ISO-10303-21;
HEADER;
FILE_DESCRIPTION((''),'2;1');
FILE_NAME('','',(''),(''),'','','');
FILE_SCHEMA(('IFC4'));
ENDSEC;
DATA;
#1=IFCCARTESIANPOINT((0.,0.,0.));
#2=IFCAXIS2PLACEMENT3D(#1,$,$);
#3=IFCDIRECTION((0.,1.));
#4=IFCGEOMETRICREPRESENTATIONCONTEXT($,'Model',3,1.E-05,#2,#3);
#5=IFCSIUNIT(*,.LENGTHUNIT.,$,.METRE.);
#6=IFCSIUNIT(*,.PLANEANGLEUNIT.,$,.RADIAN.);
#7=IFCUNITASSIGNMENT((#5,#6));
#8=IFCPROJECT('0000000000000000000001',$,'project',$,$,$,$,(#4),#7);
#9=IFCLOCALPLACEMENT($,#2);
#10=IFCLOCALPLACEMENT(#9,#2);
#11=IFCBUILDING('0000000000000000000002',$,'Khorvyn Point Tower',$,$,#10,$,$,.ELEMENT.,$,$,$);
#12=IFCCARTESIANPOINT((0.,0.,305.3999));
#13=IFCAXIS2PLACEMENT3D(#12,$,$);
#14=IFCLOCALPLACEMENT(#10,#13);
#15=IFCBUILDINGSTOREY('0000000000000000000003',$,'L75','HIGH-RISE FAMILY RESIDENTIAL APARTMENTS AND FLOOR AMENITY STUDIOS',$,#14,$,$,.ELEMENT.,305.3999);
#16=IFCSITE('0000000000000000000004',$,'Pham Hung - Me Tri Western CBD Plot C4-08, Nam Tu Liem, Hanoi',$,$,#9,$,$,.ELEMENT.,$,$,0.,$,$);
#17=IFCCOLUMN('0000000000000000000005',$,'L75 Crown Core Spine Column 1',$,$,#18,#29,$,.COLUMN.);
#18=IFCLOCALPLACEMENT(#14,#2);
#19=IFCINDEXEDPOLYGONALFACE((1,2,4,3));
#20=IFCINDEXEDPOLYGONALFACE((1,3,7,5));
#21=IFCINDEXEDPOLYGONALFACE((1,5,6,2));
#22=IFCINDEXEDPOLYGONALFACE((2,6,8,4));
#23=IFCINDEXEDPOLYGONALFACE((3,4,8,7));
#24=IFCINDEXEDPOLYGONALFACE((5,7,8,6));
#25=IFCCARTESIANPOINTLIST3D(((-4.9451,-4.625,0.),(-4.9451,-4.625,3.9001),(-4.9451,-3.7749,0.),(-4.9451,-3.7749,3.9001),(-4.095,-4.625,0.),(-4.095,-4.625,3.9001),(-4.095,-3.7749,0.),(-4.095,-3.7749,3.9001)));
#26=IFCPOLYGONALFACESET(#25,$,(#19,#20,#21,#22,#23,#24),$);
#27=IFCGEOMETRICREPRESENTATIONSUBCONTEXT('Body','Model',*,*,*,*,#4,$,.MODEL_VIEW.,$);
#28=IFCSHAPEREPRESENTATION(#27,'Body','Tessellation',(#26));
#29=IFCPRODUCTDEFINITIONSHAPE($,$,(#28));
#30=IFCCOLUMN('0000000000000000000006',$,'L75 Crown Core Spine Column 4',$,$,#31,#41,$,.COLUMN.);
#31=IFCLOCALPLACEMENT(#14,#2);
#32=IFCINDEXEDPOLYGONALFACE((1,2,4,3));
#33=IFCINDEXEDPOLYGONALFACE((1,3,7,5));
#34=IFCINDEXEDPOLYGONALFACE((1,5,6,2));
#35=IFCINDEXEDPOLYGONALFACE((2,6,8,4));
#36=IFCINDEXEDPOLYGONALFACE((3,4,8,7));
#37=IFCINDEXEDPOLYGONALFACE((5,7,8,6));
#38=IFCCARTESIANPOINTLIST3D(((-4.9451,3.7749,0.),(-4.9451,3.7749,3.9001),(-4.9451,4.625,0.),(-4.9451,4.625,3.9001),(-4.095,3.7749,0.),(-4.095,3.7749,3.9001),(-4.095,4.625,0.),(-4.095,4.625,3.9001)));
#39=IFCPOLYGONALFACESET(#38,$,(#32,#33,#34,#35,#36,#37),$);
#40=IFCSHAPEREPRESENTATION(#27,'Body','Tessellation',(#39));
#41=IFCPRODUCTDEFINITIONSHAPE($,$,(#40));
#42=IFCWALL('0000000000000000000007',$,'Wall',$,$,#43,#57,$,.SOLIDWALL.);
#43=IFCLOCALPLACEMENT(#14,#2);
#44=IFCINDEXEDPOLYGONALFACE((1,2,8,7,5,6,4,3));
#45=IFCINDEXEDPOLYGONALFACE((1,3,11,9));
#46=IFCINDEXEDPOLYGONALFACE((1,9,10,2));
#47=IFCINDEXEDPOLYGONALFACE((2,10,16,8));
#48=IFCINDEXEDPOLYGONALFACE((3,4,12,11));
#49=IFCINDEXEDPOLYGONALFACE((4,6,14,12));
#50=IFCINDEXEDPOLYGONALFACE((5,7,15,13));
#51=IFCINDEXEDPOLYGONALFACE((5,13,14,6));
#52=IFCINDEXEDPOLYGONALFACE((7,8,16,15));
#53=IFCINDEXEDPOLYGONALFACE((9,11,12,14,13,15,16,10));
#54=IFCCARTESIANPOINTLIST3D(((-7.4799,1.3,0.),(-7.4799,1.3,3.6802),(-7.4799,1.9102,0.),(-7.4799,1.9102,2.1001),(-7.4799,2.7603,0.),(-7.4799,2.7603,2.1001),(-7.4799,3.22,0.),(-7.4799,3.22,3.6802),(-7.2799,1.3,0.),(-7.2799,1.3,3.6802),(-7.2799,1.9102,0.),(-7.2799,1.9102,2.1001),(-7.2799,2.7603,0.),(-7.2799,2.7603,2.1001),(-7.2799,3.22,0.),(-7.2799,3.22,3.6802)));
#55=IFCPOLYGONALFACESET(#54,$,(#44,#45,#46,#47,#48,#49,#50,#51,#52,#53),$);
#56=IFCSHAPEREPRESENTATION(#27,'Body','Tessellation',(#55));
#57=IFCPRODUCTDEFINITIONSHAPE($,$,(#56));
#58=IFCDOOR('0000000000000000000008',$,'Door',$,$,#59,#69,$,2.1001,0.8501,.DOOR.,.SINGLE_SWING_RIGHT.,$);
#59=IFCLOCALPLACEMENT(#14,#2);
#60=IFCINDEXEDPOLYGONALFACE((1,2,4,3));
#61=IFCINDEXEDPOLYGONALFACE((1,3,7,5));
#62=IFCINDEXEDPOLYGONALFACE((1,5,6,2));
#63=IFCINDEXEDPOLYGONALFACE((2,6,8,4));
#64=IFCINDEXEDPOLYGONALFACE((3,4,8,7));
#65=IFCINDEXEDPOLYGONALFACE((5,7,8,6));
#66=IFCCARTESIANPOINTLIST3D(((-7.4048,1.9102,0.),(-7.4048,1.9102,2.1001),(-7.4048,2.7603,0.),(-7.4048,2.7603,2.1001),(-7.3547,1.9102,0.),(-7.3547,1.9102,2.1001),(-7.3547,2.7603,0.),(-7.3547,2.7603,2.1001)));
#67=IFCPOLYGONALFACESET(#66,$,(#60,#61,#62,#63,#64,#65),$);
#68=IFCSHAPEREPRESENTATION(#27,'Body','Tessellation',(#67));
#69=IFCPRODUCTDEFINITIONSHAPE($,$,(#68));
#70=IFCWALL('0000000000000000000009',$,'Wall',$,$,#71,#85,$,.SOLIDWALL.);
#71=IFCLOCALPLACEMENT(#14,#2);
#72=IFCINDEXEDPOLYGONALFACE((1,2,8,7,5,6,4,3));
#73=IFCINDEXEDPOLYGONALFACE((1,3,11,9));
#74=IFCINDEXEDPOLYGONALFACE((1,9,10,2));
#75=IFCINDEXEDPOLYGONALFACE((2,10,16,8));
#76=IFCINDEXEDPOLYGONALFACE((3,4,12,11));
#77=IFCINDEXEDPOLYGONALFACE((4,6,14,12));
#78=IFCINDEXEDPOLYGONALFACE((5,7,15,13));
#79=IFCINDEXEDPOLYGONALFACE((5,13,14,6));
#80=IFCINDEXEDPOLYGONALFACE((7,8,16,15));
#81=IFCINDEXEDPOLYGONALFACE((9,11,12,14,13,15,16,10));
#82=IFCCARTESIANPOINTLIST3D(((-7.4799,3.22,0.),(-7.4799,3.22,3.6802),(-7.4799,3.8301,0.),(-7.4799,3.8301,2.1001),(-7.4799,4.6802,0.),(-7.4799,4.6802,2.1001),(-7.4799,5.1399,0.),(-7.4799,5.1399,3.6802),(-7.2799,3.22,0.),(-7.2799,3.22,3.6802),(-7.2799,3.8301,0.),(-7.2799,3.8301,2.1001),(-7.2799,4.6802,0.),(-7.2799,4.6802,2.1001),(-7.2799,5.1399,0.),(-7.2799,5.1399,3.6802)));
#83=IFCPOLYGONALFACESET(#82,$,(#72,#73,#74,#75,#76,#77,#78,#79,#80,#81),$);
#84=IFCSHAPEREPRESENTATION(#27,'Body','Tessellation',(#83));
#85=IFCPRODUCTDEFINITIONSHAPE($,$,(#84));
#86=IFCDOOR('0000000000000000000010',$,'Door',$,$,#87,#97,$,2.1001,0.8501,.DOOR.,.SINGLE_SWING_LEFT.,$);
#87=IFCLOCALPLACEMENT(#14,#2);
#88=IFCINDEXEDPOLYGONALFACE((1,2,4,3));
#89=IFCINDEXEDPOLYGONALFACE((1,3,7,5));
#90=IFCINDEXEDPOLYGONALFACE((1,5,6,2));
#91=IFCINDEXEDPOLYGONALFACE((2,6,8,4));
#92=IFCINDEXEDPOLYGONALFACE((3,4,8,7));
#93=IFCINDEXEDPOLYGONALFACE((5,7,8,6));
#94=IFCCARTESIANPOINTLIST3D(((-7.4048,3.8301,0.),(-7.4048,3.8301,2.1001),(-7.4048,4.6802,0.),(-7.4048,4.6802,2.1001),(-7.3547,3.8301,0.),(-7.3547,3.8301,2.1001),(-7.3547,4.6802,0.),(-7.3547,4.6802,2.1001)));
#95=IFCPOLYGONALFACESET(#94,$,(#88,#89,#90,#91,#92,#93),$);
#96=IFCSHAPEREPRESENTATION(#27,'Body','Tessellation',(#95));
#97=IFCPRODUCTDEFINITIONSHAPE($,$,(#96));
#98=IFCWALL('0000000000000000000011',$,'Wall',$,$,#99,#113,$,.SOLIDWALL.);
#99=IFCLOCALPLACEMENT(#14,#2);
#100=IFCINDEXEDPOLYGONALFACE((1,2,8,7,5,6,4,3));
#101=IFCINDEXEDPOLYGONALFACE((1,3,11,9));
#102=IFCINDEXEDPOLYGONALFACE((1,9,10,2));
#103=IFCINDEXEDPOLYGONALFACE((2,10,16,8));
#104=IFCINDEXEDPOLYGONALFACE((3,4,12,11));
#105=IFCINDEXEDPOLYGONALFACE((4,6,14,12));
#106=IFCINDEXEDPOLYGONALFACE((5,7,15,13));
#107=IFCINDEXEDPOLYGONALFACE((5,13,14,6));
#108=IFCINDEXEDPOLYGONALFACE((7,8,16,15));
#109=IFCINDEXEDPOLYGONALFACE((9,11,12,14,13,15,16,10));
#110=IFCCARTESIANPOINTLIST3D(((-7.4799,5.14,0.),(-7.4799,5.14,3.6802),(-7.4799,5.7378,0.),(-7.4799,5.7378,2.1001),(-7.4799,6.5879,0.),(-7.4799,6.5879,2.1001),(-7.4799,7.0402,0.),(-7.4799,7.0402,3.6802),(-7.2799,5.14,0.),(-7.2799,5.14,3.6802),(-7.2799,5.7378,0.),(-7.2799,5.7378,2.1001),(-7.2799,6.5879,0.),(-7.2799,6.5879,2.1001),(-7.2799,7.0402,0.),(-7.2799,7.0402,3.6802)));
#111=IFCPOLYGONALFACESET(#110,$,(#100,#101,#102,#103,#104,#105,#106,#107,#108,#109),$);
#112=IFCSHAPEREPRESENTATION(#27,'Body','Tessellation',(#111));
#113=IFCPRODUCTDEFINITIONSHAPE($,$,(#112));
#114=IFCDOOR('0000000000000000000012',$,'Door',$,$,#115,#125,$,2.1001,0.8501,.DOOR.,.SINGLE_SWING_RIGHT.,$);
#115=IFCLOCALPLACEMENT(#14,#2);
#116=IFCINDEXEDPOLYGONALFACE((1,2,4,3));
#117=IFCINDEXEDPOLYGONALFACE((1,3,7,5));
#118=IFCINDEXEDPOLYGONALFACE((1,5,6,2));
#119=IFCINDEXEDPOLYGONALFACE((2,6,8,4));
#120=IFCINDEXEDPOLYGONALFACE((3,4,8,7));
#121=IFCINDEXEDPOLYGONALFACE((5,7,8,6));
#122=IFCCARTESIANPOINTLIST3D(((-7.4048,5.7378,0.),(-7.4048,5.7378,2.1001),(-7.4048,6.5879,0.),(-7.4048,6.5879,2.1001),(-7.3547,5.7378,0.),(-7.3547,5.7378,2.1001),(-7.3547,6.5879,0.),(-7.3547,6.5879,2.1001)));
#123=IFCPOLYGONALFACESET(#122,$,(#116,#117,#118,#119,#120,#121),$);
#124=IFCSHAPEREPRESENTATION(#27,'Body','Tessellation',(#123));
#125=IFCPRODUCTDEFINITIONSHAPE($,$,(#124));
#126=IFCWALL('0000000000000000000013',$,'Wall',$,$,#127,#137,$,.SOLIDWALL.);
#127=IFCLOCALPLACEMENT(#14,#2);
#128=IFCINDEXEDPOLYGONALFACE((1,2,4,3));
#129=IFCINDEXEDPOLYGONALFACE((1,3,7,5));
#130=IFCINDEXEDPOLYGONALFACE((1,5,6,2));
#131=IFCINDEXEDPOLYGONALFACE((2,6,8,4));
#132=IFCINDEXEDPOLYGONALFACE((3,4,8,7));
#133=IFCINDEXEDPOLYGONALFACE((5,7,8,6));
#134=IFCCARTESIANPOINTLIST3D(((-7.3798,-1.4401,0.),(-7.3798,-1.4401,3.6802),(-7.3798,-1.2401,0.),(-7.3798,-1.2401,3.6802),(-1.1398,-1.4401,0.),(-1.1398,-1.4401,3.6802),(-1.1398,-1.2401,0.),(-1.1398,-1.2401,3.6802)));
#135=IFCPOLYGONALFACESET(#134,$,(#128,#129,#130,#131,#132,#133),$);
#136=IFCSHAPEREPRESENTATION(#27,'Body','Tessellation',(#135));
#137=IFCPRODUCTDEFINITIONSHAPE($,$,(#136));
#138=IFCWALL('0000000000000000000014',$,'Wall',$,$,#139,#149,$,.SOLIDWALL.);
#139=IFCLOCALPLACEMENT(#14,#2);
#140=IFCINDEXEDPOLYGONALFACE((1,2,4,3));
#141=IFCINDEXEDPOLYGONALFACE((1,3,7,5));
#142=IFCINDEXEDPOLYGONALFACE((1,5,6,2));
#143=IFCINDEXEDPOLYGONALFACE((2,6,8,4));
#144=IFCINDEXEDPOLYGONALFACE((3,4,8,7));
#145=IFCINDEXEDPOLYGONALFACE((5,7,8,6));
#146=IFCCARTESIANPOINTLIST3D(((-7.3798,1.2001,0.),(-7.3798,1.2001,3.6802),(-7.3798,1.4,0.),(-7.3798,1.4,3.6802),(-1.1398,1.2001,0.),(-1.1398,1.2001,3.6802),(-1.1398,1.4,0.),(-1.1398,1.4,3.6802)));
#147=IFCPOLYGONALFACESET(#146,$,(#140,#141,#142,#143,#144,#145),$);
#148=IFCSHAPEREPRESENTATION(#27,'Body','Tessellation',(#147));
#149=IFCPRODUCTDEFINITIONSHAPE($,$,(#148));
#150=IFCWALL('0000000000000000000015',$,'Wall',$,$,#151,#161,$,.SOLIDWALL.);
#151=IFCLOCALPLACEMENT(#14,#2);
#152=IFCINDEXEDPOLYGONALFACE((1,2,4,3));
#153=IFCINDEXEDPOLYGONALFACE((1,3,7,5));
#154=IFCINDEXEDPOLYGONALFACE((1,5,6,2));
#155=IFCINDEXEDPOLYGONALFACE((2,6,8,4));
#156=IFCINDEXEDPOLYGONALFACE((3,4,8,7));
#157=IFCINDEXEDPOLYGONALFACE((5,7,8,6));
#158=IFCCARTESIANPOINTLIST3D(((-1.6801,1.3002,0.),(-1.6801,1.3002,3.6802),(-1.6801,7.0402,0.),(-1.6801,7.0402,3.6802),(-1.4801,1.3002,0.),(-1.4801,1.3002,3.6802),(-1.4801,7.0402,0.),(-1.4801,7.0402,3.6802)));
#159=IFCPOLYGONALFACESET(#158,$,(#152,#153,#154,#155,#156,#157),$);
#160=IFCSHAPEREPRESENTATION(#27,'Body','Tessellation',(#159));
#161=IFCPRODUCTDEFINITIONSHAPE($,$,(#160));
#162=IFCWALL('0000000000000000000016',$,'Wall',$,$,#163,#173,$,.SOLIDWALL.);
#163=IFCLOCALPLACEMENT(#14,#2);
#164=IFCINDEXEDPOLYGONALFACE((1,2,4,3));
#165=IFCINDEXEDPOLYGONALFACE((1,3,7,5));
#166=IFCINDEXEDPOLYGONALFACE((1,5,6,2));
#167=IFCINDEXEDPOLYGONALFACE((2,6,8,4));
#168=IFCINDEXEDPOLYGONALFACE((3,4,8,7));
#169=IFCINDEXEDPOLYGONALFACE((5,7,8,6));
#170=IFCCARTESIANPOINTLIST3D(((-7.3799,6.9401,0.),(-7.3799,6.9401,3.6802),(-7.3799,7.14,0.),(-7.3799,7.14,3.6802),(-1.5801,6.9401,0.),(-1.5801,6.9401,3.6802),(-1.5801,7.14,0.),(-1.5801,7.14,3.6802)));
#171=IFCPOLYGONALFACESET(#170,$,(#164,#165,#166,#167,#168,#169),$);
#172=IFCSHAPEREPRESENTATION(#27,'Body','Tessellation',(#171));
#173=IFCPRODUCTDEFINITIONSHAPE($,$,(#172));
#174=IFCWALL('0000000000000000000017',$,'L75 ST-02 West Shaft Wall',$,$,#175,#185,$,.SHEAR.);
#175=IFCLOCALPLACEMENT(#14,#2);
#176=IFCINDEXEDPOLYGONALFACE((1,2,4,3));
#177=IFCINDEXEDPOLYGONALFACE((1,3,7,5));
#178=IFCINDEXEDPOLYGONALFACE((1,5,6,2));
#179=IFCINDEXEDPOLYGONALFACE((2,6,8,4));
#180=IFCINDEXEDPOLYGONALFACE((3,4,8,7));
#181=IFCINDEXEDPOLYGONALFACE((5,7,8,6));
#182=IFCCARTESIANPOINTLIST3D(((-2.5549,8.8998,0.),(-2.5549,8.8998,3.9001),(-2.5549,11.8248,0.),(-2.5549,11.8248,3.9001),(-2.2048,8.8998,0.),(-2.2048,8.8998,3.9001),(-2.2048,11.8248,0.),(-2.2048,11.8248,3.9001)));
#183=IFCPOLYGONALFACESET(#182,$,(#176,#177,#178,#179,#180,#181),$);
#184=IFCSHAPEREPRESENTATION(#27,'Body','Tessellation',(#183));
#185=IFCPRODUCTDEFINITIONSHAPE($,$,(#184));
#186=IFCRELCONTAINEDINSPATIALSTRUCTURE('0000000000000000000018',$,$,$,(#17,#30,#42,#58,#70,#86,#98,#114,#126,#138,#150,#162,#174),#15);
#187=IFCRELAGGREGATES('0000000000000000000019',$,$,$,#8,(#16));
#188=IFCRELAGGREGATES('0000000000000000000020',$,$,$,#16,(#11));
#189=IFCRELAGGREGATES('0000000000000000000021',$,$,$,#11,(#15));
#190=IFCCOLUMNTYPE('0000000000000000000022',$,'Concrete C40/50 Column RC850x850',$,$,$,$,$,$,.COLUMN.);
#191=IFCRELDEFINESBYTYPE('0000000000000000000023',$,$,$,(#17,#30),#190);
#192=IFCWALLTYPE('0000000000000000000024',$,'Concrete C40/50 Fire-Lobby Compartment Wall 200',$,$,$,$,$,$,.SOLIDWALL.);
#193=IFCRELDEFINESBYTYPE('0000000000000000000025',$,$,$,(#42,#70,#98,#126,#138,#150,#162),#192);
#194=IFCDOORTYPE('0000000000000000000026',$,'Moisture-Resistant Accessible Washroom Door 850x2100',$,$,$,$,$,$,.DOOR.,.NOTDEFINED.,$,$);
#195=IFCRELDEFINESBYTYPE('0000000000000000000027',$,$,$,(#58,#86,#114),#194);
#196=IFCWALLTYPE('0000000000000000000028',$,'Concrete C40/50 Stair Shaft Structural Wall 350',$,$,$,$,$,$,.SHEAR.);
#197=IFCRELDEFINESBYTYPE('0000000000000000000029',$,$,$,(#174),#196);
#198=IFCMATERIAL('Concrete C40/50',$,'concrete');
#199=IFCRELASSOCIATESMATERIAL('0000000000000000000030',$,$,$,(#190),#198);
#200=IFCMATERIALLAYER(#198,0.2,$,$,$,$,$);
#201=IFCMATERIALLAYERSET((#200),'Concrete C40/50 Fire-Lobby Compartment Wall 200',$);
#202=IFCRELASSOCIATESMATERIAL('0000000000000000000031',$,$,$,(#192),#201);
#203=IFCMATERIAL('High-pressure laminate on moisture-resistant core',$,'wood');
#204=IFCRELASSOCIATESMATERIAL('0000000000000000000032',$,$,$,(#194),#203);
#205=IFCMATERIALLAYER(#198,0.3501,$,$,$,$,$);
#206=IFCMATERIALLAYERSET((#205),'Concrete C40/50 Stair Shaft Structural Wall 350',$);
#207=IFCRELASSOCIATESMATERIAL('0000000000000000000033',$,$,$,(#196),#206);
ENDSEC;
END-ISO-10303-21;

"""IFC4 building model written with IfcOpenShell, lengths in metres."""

from ifc_helpers import new_model, si_unit, direction, frame, frame_2d, origin, origin_2d, place, context, subcontext, project, spatial, rectangle, extrude, material, layer, layer_set, material_profile, profile_set, type_object, element, fill, save


model = new_model("IFC4")

# Units and contexts
model_context = context("Model", 3, precision=1e-05, world=origin(), true_north=direction((0.0, 1.0)))
body_context = subcontext(model_context, "Body", "Model", "MODEL_VIEW")
ifc_project = project(units=[si_unit("LENGTHUNIT", "METRE"), si_unit("PLANEANGLEUNIT", "RADIAN")], contexts=[model_context])

# Site, building, storey
site_placement = place(None, origin())
site = spatial("IfcSite", under=ifc_project, at=site_placement, Name="Pham Hung - Me Tri Western CBD Plot C4-08, Nam Tu Liem, Hanoi", CompositionType="ELEMENT", RefElevation=0.0)
building_placement = place(site_placement, origin())
building = spatial("IfcBuilding", under=site, at=building_placement, Name="Khorvyn Point Tower", CompositionType="ELEMENT")
storey_placement = place(building_placement, frame((0.0, 0.0, 305.3999)))
storey = spatial("IfcBuildingStorey", under=building, at=storey_placement, Name="L75", Description="HIGH-RISE FAMILY RESIDENTIAL APARTMENTS AND FLOOR AMENITY STUDIOS", CompositionType="ELEMENT", Elevation=305.3999)

# Columns
ifc_material_1 = material(Name="Concrete C40/50", Category="concrete")
ifc_material_profile = material_profile(ifc_material_1, rectangle(XDim=0.8501, YDim=0.8501, at=origin_2d()))
ifc_profile_set = profile_set([ifc_material_profile], Name="Concrete C40/50 RC850x850")
column_type = type_object("IfcColumnType", Name="Concrete C40/50 Column RC850x850", PredefinedType="COLUMN", material=ifc_profile_set)
for number, where, z_axis, x_axis, name in (
    (1, (-4.52, -4.2, 0.0), (0.0, 0.0, 1.0), (1.0, 0.0, 0.0), "L75 Crown Core Spine Column 1"),
    (2, (-4.52, 4.2, 0.0), (0.0, 0.0, 1.0), (1.0, 0.0, 0.0), "L75 Crown Core Spine Column 4"),
):
    element("IfcColumn", number, at=place(storey_placement, frame(where, z_axis=z_axis, x_axis=x_axis)), inside=storey, type_object=column_type, Name=name, PredefinedType="COLUMN", context=body_context, shape_type="SweptSolid", body=[
        extrude(rectangle(XDim=0.8501, YDim=0.8501, at=origin_2d()), origin(), (0.0, 0.0, 1.0), 3.9001),
    ])

# Walls, openings, doors
ifc_layer_1 = layer(ifc_material_1, 0.2)
ifc_layer_set_1 = layer_set([ifc_layer_1], Name="Concrete C40/50 Fire-Lobby Compartment Wall 200")
wall_type_1 = type_object("IfcWallType", Name="Concrete C40/50 Fire-Lobby Compartment Wall 200", PredefinedType="SOLIDWALL", material=ifc_layer_set_1)
wall_1_placement = place(storey_placement, frame((-7.3799, 1.3, 0.0), z_axis=(0.0, 0.0, 1.0), x_axis=(0.0, 1.0, 0.0)))
wall_1 = element("IfcWall", 3, at=wall_1_placement, inside=storey, type_object=wall_type_1, Name="Wall", PredefinedType="SOLIDWALL", context=body_context, shape_type="SweptSolid", body=[
    extrude(rectangle(XDim=1.9199, YDim=0.2, at=frame_2d((0.96, 0.0))), origin(), (0.0, 0.0, 1.0), 3.6802),
])
opening_1_placement = place(wall_1_placement, frame((0.6101, 0.0, 0.0)))
opening_1 = element("IfcOpeningElement", 4, at=opening_1_placement, cuts=wall_1, PredefinedType="OPENING", context=body_context, shape_type="SweptSolid", body=[
    extrude(rectangle(XDim=0.8501, YDim=2.1001, at=frame_2d((0.425, 1.05))), frame((0.0, 0.1099, 0.0), z_axis=(0.0, -1.0, 0.0), x_axis=(1.0, 0.0, 0.0)), (0.0, 0.0, 1.0), 0.22),
])
ifc_material_2 = material(Name="High-pressure laminate on moisture-resistant core", Category="wood")
door_type = type_object("IfcDoorType", Name="Moisture-Resistant Accessible Washroom Door 850x2100", OperationType="NOTDEFINED", PredefinedType="DOOR", material=ifc_material_2)
door_1_placement = place(opening_1_placement, origin())
door_1 = element("IfcDoor", 5, at=door_1_placement, inside=storey, type_object=door_type, Name="Door", OperationType="SINGLE_SWING_RIGHT", OverallHeight=2.1001, OverallWidth=0.8501, PredefinedType="DOOR", context=body_context, shape_type="SweptSolid", body=[
    extrude(rectangle(XDim=0.8501, YDim=2.1001, at=frame_2d((0.425, 1.05))), frame((0.0, 0.0249, 0.0), z_axis=(0.0, -1.0, 0.0), x_axis=(1.0, 0.0, 0.0)), (0.0, 0.0, 1.0), 0.05),
])
fill(opening_1, door_1)
wall_2_placement = place(storey_placement, frame((-7.3799, 3.22, 0.0), z_axis=(0.0, 0.0, 1.0), x_axis=(0.0, 1.0, 0.0)))
wall_2 = element("IfcWall", 6, at=wall_2_placement, inside=storey, type_object=wall_type_1, Name="Wall", PredefinedType="SOLIDWALL", context=body_context, shape_type="SweptSolid", body=[
    extrude(rectangle(XDim=1.9199, YDim=0.2, at=frame_2d((0.96, 0.0))), origin(), (0.0, 0.0, 1.0), 3.6802),
])
opening_2_placement = place(wall_2_placement, frame((0.6101, 0.0, 0.0)))
opening_2 = element("IfcOpeningElement", 7, at=opening_2_placement, cuts=wall_2, PredefinedType="OPENING", context=body_context, shape_type="SweptSolid", body=[
    extrude(rectangle(XDim=0.8501, YDim=2.1001, at=frame_2d((0.425, 1.05))), frame((0.0, 0.1099, 0.0), z_axis=(0.0, -1.0, 0.0), x_axis=(1.0, 0.0, 0.0)), (0.0, 0.0, 1.0), 0.22),
])
door_2_placement = place(opening_2_placement, origin())
door_2 = element("IfcDoor", 8, at=door_2_placement, inside=storey, type_object=door_type, Name="Door", OperationType="SINGLE_SWING_LEFT", OverallHeight=2.1001, OverallWidth=0.8501, PredefinedType="DOOR", context=body_context, shape_type="SweptSolid", body=[
    extrude(rectangle(XDim=0.8501, YDim=2.1001, at=frame_2d((0.425, 1.05))), frame((0.0, 0.0249, 0.0), z_axis=(0.0, -1.0, 0.0), x_axis=(1.0, 0.0, 0.0)), (0.0, 0.0, 1.0), 0.05),
])
fill(opening_2, door_2)
wall_3_placement = place(storey_placement, frame((-7.3799, 5.1399, 0.0), z_axis=(0.0, 0.0, 1.0), x_axis=(0.0, 1.0, 0.0)))
wall_3 = element("IfcWall", 9, at=wall_3_placement, inside=storey, type_object=wall_type_1, Name="Wall", PredefinedType="SOLIDWALL", context=body_context, shape_type="SweptSolid", body=[
    extrude(rectangle(XDim=1.9001, YDim=0.2, at=frame_2d((0.9502, 0.0))), origin(), (0.0, 0.0, 1.0), 3.6802),
])
opening_3_placement = place(wall_3_placement, frame((0.5979, 0.0, 0.0)))
opening_3 = element("IfcOpeningElement", 10, at=opening_3_placement, cuts=wall_3, PredefinedType="OPENING", context=body_context, shape_type="SweptSolid", body=[
    extrude(rectangle(XDim=0.8501, YDim=2.1001, at=frame_2d((0.425, 1.05))), frame((0.0, 0.1099, 0.0), z_axis=(0.0, -1.0, 0.0), x_axis=(1.0, 0.0, 0.0)), (0.0, 0.0, 1.0), 0.22),
])
door_3_placement = place(opening_3_placement, origin())
door_3 = element("IfcDoor", 11, at=door_3_placement, inside=storey, type_object=door_type, Name="Door", OperationType="SINGLE_SWING_RIGHT", OverallHeight=2.1001, OverallWidth=0.8501, PredefinedType="DOOR", context=body_context, shape_type="SweptSolid", body=[
    extrude(rectangle(XDim=0.8501, YDim=2.1001, at=frame_2d((0.425, 1.05))), frame((0.0, 0.0249, 0.0), z_axis=(0.0, -1.0, 0.0), x_axis=(1.0, 0.0, 0.0)), (0.0, 0.0, 1.0), 0.05),
])
fill(opening_3, door_3)

# Walls
for number, where, z_axis, x_axis, name in (
    (12, (-7.3799, -1.3401, 0.0), (0.0, 0.0, 1.0), (1.0, 0.0, 0.0), "Wall"),
    (13, (-7.3799, 1.3, 0.0), (0.0, 0.0, 1.0), (1.0, 0.0, 0.0), "Wall"),
):
    element("IfcWall", number, at=place(storey_placement, frame(where, z_axis=z_axis, x_axis=x_axis)), inside=storey, type_object=wall_type_1, Name=name, PredefinedType="SOLIDWALL", context=body_context, shape_type="SweptSolid", body=[
        extrude(rectangle(XDim=6.24, YDim=0.2, at=frame_2d((3.1201, 0.0))), origin(), (0.0, 0.0, 1.0), 3.6802),
    ])
wall_4_placement = place(storey_placement, frame((-1.5801, 1.3, 0.0), z_axis=(0.0, 0.0, 1.0), x_axis=(0.0, 1.0, 0.0)))
element("IfcWall", 14, at=wall_4_placement, inside=storey, type_object=wall_type_1, Name="Wall", PredefinedType="SOLIDWALL", context=body_context, shape_type="SweptSolid", body=[
    extrude(rectangle(XDim=5.74, YDim=0.2, at=frame_2d((2.8701, 0.0))), origin(), (0.0, 0.0, 1.0), 3.6802),
])
wall_5_placement = place(storey_placement, frame((-7.3799, 7.04, 0.0), z_axis=(0.0, 0.0, 1.0), x_axis=(1.0, 0.0, 0.0)))
element("IfcWall", 15, at=wall_5_placement, inside=storey, type_object=wall_type_1, Name="Wall", PredefinedType="SOLIDWALL", context=body_context, shape_type="SweptSolid", body=[
    extrude(rectangle(XDim=5.7998, YDim=0.2, at=frame_2d((2.8999, 0.0))), origin(), (0.0, 0.0, 1.0), 3.6802),
])
ifc_layer_2 = layer(ifc_material_1, 0.3501)
ifc_layer_set_2 = layer_set([ifc_layer_2], Name="Concrete C40/50 Stair Shaft Structural Wall 350")
wall_type_2 = type_object("IfcWallType", Name="Concrete C40/50 Stair Shaft Structural Wall 350", PredefinedType="SHEAR", material=ifc_layer_set_2)
wall_6_placement = place(storey_placement, frame((-2.3799, 8.8999, 0.0), z_axis=(0.0, 0.0, 1.0), x_axis=(0.0, 1.0, 0.0)))
element("IfcWall", 16, at=wall_6_placement, inside=storey, type_object=wall_type_2, Name="L75 ST-02 West Shaft Wall", PredefinedType="SHEAR", context=body_context, shape_type="SweptSolid", body=[
    extrude(rectangle(XDim=2.925, YDim=0.3501, at=frame_2d((1.4624, 0.0))), origin(), (0.0, 0.0, 1.0), 3.9001),
])

save(model, "model.ifc")
